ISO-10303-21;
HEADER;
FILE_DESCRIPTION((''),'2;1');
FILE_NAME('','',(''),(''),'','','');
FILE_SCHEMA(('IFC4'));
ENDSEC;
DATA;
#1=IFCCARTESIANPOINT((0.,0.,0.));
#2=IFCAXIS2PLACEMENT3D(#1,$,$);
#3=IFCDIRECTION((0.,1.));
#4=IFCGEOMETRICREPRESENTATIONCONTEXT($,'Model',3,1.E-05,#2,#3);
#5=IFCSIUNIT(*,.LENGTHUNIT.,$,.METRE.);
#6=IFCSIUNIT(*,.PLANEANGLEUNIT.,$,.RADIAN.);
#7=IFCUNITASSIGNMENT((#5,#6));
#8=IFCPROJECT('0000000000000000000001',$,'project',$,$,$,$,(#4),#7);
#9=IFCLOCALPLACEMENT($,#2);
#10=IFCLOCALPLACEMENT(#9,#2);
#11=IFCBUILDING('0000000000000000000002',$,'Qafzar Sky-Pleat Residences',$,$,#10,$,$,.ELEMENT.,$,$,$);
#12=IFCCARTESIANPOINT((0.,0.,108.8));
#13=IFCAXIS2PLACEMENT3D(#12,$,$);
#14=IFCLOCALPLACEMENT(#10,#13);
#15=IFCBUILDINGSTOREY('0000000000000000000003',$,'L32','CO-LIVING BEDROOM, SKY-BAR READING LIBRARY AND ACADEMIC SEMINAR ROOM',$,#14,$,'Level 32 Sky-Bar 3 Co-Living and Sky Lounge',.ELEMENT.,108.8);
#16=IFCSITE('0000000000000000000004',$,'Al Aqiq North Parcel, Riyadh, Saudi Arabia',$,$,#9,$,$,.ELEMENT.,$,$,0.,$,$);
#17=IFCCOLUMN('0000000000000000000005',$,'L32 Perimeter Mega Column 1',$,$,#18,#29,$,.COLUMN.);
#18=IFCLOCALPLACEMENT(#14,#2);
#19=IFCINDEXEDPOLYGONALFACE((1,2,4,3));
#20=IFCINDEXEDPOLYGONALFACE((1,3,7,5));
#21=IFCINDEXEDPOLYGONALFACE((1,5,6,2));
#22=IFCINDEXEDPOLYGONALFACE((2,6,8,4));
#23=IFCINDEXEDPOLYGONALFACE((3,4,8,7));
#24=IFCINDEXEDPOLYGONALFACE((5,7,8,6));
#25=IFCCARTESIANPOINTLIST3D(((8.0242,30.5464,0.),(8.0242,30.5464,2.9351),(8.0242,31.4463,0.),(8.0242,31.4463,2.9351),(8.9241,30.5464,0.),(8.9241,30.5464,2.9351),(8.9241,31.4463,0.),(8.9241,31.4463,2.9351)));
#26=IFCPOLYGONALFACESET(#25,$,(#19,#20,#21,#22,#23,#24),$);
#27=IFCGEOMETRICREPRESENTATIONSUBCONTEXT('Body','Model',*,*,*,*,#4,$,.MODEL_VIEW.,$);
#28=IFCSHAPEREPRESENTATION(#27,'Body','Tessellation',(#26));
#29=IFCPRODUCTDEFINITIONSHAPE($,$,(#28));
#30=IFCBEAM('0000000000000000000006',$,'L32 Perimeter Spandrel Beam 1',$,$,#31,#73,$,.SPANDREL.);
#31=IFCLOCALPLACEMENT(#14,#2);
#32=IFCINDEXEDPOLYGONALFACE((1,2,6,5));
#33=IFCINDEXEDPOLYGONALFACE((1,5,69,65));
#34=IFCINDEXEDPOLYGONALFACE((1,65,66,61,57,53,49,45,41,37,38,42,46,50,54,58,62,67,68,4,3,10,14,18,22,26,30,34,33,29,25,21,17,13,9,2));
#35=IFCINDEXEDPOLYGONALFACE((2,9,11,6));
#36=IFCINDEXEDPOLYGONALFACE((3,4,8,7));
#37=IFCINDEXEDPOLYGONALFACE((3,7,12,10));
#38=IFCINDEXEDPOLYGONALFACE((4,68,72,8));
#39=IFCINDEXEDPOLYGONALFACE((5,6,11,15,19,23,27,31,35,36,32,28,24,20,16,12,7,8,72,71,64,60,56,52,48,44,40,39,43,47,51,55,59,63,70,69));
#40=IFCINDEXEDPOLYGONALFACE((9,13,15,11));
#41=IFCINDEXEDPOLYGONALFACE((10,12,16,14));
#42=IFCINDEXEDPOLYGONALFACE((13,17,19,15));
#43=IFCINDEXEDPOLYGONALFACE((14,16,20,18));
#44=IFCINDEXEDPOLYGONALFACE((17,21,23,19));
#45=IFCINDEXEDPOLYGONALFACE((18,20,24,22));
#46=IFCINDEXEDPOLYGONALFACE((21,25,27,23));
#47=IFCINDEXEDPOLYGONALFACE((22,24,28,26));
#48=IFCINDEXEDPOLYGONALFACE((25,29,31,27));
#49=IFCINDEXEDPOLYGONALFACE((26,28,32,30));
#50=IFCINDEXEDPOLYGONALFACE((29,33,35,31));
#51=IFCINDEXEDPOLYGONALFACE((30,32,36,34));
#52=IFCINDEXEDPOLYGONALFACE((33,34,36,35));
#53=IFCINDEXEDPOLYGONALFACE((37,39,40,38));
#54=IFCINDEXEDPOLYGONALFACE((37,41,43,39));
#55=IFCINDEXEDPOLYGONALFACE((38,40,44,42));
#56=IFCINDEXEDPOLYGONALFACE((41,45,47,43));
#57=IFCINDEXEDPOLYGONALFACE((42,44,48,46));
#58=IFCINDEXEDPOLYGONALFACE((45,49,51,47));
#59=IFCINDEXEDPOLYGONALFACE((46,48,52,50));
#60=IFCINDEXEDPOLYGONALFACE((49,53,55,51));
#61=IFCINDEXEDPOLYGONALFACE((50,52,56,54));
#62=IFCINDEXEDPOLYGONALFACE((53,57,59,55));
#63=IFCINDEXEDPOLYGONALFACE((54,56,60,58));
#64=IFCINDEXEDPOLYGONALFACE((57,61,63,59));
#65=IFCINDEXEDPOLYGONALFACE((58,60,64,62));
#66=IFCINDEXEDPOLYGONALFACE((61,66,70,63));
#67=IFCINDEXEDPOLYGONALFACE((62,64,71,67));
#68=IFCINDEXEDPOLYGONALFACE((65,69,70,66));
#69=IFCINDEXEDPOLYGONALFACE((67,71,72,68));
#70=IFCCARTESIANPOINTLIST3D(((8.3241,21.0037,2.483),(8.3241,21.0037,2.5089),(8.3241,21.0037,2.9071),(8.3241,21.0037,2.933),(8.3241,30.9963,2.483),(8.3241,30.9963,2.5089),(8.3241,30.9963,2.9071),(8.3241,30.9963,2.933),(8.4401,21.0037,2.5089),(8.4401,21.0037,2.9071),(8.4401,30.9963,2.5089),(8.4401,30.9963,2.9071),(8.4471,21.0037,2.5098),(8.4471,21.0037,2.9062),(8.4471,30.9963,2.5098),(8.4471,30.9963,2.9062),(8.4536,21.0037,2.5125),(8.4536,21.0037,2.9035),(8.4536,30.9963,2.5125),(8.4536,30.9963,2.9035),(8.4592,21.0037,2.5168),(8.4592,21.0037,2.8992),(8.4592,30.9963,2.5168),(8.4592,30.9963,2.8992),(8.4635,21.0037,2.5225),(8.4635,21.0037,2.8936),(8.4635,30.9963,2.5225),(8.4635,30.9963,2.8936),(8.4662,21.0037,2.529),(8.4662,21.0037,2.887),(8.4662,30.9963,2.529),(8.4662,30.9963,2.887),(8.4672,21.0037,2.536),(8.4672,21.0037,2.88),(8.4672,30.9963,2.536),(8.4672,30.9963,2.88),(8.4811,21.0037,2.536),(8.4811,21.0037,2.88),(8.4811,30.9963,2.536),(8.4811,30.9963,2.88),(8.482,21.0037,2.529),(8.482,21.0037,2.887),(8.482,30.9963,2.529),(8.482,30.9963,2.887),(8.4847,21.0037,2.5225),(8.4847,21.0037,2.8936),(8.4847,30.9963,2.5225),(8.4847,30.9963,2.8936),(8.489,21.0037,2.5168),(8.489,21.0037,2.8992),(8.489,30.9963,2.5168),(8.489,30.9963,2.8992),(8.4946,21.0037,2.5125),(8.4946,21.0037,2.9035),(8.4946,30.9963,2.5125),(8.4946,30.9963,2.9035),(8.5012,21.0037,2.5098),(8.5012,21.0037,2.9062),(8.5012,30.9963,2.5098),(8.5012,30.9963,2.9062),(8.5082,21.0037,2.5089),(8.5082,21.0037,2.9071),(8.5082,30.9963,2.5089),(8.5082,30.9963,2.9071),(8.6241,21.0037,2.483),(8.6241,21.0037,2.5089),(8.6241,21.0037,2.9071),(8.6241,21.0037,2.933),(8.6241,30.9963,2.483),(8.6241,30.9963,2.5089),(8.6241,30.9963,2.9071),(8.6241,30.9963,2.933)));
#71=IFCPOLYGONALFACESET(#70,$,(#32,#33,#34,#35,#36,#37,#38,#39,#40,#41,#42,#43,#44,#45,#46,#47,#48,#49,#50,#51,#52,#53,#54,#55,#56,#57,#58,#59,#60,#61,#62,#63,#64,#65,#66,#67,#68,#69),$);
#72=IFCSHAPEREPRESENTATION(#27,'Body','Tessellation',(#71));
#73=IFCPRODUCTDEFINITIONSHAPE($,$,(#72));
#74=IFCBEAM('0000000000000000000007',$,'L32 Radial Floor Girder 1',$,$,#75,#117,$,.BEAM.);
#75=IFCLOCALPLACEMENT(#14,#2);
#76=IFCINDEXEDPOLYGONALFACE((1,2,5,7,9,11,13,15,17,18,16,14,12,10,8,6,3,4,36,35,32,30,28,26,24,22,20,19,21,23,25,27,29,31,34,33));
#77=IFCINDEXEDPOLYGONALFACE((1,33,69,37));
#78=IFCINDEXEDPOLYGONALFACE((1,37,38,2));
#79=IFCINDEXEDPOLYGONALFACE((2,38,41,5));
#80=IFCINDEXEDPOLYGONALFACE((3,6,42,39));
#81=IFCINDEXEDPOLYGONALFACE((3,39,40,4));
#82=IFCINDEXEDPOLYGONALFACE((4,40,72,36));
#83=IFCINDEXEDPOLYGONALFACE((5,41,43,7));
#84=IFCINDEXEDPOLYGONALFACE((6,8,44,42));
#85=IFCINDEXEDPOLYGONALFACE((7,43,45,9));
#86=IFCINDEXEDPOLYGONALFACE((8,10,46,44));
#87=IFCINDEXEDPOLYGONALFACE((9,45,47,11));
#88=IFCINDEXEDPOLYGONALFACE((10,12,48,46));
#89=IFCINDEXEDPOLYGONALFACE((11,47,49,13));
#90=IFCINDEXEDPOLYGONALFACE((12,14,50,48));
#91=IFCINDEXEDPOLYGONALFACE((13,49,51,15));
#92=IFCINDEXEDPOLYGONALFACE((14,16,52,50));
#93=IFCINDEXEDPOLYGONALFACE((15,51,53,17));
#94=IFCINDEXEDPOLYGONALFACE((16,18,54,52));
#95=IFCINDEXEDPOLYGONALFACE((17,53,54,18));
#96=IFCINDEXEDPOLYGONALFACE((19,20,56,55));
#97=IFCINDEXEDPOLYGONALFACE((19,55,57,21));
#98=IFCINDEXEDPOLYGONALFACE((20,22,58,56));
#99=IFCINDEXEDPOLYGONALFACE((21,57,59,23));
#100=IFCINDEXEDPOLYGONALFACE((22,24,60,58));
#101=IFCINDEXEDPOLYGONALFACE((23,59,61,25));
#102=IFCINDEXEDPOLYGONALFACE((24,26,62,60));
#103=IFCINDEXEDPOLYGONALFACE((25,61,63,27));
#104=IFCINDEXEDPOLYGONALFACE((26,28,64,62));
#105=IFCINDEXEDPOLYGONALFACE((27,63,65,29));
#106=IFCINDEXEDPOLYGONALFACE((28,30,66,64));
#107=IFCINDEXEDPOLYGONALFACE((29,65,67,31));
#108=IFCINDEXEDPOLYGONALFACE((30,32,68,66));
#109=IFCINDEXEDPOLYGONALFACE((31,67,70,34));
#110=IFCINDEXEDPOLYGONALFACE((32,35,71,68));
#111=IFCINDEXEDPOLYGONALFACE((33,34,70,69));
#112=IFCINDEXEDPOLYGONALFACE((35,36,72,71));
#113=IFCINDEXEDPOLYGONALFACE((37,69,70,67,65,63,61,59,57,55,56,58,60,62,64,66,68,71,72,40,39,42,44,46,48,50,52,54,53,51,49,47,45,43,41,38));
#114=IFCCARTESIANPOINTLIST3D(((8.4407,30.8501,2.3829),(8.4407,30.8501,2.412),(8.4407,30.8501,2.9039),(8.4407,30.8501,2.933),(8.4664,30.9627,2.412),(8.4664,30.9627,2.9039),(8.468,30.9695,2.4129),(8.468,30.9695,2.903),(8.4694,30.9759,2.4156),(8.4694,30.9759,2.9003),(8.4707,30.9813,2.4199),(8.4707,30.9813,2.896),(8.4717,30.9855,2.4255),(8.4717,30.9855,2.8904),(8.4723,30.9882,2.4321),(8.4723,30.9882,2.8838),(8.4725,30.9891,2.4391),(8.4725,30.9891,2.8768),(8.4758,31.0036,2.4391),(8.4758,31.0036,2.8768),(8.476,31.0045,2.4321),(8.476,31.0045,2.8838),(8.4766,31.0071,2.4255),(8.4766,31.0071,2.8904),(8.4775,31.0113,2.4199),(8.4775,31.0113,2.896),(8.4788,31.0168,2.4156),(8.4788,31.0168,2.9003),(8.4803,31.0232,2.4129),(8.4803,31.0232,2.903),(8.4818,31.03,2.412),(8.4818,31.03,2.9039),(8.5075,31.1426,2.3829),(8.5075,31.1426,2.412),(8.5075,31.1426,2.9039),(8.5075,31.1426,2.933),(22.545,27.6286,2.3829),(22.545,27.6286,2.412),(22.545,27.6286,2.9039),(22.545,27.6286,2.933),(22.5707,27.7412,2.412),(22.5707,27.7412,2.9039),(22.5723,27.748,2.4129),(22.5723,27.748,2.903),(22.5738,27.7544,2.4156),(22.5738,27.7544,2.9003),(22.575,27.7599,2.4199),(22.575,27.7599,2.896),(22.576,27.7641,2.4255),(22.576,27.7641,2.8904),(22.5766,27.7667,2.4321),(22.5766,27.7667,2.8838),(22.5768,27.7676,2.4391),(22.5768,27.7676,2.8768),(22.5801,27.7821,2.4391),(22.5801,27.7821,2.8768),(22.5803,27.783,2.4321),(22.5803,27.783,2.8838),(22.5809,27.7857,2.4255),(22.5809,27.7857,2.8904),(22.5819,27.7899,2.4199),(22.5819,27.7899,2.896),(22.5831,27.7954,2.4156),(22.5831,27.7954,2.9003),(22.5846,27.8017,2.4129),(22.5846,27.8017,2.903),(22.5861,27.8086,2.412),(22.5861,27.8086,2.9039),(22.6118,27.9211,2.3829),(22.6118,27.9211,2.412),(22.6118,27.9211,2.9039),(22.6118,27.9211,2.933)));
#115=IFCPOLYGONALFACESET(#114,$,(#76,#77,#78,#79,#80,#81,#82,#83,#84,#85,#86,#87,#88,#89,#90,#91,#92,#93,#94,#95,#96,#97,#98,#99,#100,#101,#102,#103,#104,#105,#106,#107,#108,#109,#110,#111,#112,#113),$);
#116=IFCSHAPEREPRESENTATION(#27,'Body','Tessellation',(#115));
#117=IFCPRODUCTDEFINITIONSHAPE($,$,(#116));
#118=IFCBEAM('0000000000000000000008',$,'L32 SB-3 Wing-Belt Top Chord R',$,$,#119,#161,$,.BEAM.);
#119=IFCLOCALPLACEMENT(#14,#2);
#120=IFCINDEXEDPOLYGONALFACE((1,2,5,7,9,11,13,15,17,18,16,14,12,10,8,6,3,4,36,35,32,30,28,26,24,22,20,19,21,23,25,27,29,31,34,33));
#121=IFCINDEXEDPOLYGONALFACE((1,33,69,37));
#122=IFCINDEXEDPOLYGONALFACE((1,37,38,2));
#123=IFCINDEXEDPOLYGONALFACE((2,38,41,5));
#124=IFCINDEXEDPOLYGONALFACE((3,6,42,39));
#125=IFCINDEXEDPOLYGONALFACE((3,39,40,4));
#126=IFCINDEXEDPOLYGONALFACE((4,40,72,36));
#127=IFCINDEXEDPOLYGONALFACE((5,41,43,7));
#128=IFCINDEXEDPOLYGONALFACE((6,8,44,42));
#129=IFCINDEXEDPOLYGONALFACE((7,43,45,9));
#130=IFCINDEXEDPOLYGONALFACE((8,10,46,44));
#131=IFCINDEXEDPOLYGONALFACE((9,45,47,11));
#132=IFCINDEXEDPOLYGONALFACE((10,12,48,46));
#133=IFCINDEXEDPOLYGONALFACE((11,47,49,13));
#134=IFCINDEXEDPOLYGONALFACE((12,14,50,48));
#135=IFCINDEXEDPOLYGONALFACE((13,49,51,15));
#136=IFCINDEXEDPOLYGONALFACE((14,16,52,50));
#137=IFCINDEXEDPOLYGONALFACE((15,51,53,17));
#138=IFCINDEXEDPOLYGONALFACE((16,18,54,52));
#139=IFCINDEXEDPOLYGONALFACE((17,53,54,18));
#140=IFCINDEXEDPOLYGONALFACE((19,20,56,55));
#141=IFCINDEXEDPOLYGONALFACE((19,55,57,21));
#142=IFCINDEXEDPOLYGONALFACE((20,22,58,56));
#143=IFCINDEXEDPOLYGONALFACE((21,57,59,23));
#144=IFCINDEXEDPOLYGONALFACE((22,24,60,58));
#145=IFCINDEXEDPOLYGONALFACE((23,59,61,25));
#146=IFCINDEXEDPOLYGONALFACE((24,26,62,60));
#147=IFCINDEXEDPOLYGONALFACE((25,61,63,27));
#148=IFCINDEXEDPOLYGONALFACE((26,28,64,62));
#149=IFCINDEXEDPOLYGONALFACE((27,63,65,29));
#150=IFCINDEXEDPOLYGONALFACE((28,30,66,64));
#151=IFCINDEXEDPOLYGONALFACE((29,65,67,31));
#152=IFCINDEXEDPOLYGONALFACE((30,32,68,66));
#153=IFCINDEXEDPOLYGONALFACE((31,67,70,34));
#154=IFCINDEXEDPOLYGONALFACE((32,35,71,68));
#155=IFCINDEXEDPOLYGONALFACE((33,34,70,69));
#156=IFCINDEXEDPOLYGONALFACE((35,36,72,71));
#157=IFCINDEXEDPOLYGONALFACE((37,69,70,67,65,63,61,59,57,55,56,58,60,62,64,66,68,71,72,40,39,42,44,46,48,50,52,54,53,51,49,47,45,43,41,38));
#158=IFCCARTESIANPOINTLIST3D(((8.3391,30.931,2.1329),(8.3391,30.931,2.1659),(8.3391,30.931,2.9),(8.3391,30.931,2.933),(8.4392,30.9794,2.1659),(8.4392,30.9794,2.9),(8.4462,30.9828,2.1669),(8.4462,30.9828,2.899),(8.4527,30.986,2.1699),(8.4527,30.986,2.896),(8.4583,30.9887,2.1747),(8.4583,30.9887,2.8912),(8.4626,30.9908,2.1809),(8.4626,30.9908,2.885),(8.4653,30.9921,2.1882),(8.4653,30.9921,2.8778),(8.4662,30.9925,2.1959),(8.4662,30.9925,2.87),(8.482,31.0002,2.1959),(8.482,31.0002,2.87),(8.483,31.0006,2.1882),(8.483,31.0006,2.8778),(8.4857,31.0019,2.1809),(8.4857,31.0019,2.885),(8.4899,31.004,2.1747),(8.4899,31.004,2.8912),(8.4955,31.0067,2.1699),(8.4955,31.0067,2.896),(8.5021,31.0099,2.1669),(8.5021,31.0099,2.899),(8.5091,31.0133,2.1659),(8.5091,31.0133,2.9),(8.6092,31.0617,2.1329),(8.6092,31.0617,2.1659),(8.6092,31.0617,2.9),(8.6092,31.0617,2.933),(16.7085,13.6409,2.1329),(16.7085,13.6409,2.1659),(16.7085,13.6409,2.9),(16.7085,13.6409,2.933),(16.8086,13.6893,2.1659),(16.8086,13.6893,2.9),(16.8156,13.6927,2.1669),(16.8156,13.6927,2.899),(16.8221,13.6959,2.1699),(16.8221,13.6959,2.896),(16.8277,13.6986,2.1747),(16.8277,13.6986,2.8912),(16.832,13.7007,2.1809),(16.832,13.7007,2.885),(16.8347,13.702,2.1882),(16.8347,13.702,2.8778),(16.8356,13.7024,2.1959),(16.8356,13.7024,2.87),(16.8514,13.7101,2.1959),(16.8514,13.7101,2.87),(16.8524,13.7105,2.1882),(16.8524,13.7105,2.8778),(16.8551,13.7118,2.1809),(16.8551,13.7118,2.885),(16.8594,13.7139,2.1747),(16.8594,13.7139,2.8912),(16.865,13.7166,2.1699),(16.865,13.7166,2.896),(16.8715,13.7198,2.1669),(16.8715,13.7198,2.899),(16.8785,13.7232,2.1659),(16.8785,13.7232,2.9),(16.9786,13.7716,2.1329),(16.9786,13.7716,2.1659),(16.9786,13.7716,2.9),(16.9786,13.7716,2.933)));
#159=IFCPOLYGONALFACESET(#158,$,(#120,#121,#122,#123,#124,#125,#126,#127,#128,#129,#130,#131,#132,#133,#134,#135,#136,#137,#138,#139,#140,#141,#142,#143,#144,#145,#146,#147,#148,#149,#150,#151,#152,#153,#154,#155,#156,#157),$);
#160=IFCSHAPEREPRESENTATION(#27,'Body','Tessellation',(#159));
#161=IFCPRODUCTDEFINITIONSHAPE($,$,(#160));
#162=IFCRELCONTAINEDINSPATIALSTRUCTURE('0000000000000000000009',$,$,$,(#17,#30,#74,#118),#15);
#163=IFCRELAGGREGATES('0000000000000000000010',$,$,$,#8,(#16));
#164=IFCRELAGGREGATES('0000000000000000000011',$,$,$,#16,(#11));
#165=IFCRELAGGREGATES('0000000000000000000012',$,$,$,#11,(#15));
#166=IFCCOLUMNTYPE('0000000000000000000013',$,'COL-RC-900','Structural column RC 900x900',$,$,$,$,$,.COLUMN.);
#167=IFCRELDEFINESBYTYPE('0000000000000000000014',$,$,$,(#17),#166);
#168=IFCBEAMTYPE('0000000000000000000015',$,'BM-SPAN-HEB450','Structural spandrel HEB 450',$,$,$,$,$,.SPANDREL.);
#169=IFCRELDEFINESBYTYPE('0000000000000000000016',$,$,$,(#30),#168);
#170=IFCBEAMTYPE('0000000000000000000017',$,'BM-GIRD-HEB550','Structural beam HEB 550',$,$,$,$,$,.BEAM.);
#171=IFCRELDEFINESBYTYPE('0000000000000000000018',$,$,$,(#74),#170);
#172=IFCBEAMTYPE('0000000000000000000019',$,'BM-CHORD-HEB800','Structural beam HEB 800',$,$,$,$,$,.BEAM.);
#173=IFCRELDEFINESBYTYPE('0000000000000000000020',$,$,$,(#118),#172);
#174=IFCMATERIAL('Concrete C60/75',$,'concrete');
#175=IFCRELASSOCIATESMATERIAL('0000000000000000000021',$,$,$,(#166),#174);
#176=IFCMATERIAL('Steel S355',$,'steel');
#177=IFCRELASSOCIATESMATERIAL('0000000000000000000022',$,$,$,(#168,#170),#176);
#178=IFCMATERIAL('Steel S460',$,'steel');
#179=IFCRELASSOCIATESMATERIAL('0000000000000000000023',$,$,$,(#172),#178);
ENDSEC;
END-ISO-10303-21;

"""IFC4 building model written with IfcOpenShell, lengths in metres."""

from ifc_helpers import new_model, si_unit, direction, frame, origin, origin_2d, place, context, subcontext, project, spatial, rectangle, i_section, extrude, source, transform, mapped, material, material_profile, profile_set, type_object, element, save


model = new_model("IFC4")

# Units and contexts
model_context = context("Model", 3, precision=1e-05, world=origin(), true_north=direction((0.0, 1.0)))
body_context = subcontext(model_context, "Body", "Model", "MODEL_VIEW")
ifc_project = project(units=[si_unit("LENGTHUNIT", "METRE"), si_unit("PLANEANGLEUNIT", "RADIAN")], contexts=[model_context])

# Site, building, storey
site_placement = place(None, origin())
site = spatial("IfcSite", under=ifc_project, at=site_placement, Name="Al Aqiq North Parcel, Riyadh, Saudi Arabia", CompositionType="ELEMENT", RefElevation=0.0)
building_placement = place(site_placement, origin())
building = spatial("IfcBuilding", under=site, at=building_placement, Name="Qafzar Sky-Pleat Residences", CompositionType="ELEMENT")
storey_placement = place(building_placement, frame((0.0, 0.0, 108.8)))
storey = spatial("IfcBuildingStorey", under=building, at=storey_placement, Name="L32", Description="CO-LIVING BEDROOM, SKY-BAR READING LIBRARY AND ACADEMIC SEMINAR ROOM", LongName="Level 32 Sky-Bar 3 Co-Living and Sky Lounge", CompositionType="ELEMENT", Elevation=108.8)

# Column
ifc_material_1 = material(Name="Concrete C60/75", Category="concrete")
ifc_material_profile_1 = material_profile(ifc_material_1, rectangle(XDim=0.8999, YDim=0.8999, at=origin_2d()), Name="RC 900x900")
ifc_profile_set_1 = profile_set([ifc_material_profile_1], Name="Concrete C60/75")
column_type = type_object("IfcColumnType", Name="COL-RC-900", Description="Structural column RC 900x900", PredefinedType="COLUMN", material=ifc_profile_set_1)
shared_shape_1 = source(origin(), body_context, "Body", "SweptSolid", [
    extrude(rectangle(XDim=0.8999, YDim=0.8999, at=origin_2d()), origin(), (0.0, 0.0, 1.0), 2.9351),
])
column_placement = place(storey_placement, frame((8.4741, 30.9963, 0.0), z_axis=(0.0, 0.0, 1.0), x_axis=(1.0, 0.0, 0.0)))
element("IfcColumn", 1, at=column_placement, inside=storey, type_object=column_type, Name="L32 Perimeter Mega Column 1", PredefinedType="COLUMN", context=body_context, shape_type="MappedRepresentation", body=[
    mapped(shared_shape_1, transform((0.0, 0.0, 0.0), x_axis=(1.0, 0.0, 0.0), y_axis=(0.0, 1.0, 0.0), z_axis=(0.0, 0.0, 1.0), scale=1.0)),
])

# Beams
ifc_material_2 = material(Name="Steel S355", Category="steel")
ifc_material_profile_2 = material_profile(ifc_material_2, i_section(OverallWidth=0.3, OverallDepth=0.45, WebThickness=0.0139, FlangeThickness=0.0259, FilletRadius=0.0271, at=origin_2d()), Name="HEB 450")
ifc_profile_set_2 = profile_set([ifc_material_profile_2], Name="Steel S355")
beam_type_1 = type_object("IfcBeamType", Name="BM-SPAN-HEB450", Description="Structural spandrel HEB 450", PredefinedType="SPANDREL", material=ifc_profile_set_2)
shared_shape_2 = source(origin(), body_context, "Body", "SweptSolid", [
    extrude(i_section(OverallWidth=0.3, OverallDepth=0.45, WebThickness=0.0139, FlangeThickness=0.0259, FilletRadius=0.0271, at=origin_2d()), origin(), (0.0, 0.0, 1.0), 9.9927),
])
beam_1_placement = place(storey_placement, frame((8.4741, 30.9963, 2.708), z_axis=(0.0, -1.0, 0.0), x_axis=(1.0, 0.0, 0.0)))
element("IfcBeam", 2, at=beam_1_placement, inside=storey, type_object=beam_type_1, Name="L32 Perimeter Spandrel Beam 1", PredefinedType="SPANDREL", context=body_context, shape_type="MappedRepresentation", body=[
    mapped(shared_shape_2, transform((0.0, 0.0, 0.0), x_axis=(1.0, 0.0, 0.0), y_axis=(0.0, 1.0, 0.0), z_axis=(0.0, 0.0, 1.0), scale=1.0)),
])
ifc_material_profile_3 = material_profile(ifc_material_2, i_section(OverallWidth=0.3, OverallDepth=0.55, WebThickness=0.0149, FlangeThickness=0.0291, FilletRadius=0.0271, at=origin_2d()), Name="HEB 550")
ifc_profile_set_3 = profile_set([ifc_material_profile_3], Name="Steel S355")
beam_type_2 = type_object("IfcBeamType", Name="BM-GIRD-HEB550", Description="Structural beam HEB 550", PredefinedType="BEAM", material=ifc_profile_set_3)
shared_shape_3 = source(origin(), body_context, "Body", "SweptSolid", [
    extrude(i_section(OverallWidth=0.3, OverallDepth=0.55, WebThickness=0.0149, FlangeThickness=0.0291, FilletRadius=0.0271, at=origin_2d()), origin(), (0.0, 0.0, 1.0), 14.4675),
])
beam_2_placement = place(storey_placement, frame((8.4741, 30.9963, 2.658), z_axis=(0.974894, -0.222668, 0.0), x_axis=(0.222668, 0.974894, 0.0)))
element("IfcBeam", 3, at=beam_2_placement, inside=storey, type_object=beam_type_2, Name="L32 Radial Floor Girder 1", PredefinedType="BEAM", context=body_context, shape_type="MappedRepresentation", body=[
    mapped(shared_shape_3, transform((0.0, 0.0, 0.0), x_axis=(1.0, 0.0, 0.0), y_axis=(0.0, 1.0, 0.0), z_axis=(0.0, 0.0, 1.0), scale=1.0)),
])
ifc_material_3 = material(Name="Steel S460", Category="steel")
ifc_material_profile_4 = material_profile(ifc_material_3, i_section(OverallWidth=0.3, OverallDepth=0.8, WebThickness=0.0176, FlangeThickness=0.033, FilletRadius=0.03, at=origin_2d()), Name="HEB 800")
ifc_profile_set_4 = profile_set([ifc_material_profile_4], Name="Steel S460")
beam_type_3 = type_object("IfcBeamType", Name="BM-CHORD-HEB800", Description="Structural beam HEB 800", PredefinedType="BEAM", material=ifc_profile_set_4)
shared_shape_4 = source(origin(), body_context, "Body", "SweptSolid", [
    extrude(i_section(OverallWidth=0.3, OverallDepth=0.8, WebThickness=0.0176, FlangeThickness=0.033, FilletRadius=0.03, at=origin_2d()), origin(), (0.0, 0.0, 1.0), 19.2092),
])
beam_3_placement = place(storey_placement, frame((8.4741, 30.9963, 2.533), z_axis=(0.435697, -0.900093, 0.0), x_axis=(0.900093, 0.435697, 0.0)))
element("IfcBeam", 4, at=beam_3_placement, inside=storey, type_object=beam_type_3, Name="L32 SB-3 Wing-Belt Top Chord R", PredefinedType="BEAM", context=body_context, shape_type="MappedRepresentation", body=[
    mapped(shared_shape_4, transform((0.0, 0.0, 0.0), x_axis=(1.0, 0.0, 0.0), y_axis=(0.0, 1.0, 0.0), z_axis=(0.0, 0.0, 1.0), scale=1.0)),
])

save(model, "model.ifc")
